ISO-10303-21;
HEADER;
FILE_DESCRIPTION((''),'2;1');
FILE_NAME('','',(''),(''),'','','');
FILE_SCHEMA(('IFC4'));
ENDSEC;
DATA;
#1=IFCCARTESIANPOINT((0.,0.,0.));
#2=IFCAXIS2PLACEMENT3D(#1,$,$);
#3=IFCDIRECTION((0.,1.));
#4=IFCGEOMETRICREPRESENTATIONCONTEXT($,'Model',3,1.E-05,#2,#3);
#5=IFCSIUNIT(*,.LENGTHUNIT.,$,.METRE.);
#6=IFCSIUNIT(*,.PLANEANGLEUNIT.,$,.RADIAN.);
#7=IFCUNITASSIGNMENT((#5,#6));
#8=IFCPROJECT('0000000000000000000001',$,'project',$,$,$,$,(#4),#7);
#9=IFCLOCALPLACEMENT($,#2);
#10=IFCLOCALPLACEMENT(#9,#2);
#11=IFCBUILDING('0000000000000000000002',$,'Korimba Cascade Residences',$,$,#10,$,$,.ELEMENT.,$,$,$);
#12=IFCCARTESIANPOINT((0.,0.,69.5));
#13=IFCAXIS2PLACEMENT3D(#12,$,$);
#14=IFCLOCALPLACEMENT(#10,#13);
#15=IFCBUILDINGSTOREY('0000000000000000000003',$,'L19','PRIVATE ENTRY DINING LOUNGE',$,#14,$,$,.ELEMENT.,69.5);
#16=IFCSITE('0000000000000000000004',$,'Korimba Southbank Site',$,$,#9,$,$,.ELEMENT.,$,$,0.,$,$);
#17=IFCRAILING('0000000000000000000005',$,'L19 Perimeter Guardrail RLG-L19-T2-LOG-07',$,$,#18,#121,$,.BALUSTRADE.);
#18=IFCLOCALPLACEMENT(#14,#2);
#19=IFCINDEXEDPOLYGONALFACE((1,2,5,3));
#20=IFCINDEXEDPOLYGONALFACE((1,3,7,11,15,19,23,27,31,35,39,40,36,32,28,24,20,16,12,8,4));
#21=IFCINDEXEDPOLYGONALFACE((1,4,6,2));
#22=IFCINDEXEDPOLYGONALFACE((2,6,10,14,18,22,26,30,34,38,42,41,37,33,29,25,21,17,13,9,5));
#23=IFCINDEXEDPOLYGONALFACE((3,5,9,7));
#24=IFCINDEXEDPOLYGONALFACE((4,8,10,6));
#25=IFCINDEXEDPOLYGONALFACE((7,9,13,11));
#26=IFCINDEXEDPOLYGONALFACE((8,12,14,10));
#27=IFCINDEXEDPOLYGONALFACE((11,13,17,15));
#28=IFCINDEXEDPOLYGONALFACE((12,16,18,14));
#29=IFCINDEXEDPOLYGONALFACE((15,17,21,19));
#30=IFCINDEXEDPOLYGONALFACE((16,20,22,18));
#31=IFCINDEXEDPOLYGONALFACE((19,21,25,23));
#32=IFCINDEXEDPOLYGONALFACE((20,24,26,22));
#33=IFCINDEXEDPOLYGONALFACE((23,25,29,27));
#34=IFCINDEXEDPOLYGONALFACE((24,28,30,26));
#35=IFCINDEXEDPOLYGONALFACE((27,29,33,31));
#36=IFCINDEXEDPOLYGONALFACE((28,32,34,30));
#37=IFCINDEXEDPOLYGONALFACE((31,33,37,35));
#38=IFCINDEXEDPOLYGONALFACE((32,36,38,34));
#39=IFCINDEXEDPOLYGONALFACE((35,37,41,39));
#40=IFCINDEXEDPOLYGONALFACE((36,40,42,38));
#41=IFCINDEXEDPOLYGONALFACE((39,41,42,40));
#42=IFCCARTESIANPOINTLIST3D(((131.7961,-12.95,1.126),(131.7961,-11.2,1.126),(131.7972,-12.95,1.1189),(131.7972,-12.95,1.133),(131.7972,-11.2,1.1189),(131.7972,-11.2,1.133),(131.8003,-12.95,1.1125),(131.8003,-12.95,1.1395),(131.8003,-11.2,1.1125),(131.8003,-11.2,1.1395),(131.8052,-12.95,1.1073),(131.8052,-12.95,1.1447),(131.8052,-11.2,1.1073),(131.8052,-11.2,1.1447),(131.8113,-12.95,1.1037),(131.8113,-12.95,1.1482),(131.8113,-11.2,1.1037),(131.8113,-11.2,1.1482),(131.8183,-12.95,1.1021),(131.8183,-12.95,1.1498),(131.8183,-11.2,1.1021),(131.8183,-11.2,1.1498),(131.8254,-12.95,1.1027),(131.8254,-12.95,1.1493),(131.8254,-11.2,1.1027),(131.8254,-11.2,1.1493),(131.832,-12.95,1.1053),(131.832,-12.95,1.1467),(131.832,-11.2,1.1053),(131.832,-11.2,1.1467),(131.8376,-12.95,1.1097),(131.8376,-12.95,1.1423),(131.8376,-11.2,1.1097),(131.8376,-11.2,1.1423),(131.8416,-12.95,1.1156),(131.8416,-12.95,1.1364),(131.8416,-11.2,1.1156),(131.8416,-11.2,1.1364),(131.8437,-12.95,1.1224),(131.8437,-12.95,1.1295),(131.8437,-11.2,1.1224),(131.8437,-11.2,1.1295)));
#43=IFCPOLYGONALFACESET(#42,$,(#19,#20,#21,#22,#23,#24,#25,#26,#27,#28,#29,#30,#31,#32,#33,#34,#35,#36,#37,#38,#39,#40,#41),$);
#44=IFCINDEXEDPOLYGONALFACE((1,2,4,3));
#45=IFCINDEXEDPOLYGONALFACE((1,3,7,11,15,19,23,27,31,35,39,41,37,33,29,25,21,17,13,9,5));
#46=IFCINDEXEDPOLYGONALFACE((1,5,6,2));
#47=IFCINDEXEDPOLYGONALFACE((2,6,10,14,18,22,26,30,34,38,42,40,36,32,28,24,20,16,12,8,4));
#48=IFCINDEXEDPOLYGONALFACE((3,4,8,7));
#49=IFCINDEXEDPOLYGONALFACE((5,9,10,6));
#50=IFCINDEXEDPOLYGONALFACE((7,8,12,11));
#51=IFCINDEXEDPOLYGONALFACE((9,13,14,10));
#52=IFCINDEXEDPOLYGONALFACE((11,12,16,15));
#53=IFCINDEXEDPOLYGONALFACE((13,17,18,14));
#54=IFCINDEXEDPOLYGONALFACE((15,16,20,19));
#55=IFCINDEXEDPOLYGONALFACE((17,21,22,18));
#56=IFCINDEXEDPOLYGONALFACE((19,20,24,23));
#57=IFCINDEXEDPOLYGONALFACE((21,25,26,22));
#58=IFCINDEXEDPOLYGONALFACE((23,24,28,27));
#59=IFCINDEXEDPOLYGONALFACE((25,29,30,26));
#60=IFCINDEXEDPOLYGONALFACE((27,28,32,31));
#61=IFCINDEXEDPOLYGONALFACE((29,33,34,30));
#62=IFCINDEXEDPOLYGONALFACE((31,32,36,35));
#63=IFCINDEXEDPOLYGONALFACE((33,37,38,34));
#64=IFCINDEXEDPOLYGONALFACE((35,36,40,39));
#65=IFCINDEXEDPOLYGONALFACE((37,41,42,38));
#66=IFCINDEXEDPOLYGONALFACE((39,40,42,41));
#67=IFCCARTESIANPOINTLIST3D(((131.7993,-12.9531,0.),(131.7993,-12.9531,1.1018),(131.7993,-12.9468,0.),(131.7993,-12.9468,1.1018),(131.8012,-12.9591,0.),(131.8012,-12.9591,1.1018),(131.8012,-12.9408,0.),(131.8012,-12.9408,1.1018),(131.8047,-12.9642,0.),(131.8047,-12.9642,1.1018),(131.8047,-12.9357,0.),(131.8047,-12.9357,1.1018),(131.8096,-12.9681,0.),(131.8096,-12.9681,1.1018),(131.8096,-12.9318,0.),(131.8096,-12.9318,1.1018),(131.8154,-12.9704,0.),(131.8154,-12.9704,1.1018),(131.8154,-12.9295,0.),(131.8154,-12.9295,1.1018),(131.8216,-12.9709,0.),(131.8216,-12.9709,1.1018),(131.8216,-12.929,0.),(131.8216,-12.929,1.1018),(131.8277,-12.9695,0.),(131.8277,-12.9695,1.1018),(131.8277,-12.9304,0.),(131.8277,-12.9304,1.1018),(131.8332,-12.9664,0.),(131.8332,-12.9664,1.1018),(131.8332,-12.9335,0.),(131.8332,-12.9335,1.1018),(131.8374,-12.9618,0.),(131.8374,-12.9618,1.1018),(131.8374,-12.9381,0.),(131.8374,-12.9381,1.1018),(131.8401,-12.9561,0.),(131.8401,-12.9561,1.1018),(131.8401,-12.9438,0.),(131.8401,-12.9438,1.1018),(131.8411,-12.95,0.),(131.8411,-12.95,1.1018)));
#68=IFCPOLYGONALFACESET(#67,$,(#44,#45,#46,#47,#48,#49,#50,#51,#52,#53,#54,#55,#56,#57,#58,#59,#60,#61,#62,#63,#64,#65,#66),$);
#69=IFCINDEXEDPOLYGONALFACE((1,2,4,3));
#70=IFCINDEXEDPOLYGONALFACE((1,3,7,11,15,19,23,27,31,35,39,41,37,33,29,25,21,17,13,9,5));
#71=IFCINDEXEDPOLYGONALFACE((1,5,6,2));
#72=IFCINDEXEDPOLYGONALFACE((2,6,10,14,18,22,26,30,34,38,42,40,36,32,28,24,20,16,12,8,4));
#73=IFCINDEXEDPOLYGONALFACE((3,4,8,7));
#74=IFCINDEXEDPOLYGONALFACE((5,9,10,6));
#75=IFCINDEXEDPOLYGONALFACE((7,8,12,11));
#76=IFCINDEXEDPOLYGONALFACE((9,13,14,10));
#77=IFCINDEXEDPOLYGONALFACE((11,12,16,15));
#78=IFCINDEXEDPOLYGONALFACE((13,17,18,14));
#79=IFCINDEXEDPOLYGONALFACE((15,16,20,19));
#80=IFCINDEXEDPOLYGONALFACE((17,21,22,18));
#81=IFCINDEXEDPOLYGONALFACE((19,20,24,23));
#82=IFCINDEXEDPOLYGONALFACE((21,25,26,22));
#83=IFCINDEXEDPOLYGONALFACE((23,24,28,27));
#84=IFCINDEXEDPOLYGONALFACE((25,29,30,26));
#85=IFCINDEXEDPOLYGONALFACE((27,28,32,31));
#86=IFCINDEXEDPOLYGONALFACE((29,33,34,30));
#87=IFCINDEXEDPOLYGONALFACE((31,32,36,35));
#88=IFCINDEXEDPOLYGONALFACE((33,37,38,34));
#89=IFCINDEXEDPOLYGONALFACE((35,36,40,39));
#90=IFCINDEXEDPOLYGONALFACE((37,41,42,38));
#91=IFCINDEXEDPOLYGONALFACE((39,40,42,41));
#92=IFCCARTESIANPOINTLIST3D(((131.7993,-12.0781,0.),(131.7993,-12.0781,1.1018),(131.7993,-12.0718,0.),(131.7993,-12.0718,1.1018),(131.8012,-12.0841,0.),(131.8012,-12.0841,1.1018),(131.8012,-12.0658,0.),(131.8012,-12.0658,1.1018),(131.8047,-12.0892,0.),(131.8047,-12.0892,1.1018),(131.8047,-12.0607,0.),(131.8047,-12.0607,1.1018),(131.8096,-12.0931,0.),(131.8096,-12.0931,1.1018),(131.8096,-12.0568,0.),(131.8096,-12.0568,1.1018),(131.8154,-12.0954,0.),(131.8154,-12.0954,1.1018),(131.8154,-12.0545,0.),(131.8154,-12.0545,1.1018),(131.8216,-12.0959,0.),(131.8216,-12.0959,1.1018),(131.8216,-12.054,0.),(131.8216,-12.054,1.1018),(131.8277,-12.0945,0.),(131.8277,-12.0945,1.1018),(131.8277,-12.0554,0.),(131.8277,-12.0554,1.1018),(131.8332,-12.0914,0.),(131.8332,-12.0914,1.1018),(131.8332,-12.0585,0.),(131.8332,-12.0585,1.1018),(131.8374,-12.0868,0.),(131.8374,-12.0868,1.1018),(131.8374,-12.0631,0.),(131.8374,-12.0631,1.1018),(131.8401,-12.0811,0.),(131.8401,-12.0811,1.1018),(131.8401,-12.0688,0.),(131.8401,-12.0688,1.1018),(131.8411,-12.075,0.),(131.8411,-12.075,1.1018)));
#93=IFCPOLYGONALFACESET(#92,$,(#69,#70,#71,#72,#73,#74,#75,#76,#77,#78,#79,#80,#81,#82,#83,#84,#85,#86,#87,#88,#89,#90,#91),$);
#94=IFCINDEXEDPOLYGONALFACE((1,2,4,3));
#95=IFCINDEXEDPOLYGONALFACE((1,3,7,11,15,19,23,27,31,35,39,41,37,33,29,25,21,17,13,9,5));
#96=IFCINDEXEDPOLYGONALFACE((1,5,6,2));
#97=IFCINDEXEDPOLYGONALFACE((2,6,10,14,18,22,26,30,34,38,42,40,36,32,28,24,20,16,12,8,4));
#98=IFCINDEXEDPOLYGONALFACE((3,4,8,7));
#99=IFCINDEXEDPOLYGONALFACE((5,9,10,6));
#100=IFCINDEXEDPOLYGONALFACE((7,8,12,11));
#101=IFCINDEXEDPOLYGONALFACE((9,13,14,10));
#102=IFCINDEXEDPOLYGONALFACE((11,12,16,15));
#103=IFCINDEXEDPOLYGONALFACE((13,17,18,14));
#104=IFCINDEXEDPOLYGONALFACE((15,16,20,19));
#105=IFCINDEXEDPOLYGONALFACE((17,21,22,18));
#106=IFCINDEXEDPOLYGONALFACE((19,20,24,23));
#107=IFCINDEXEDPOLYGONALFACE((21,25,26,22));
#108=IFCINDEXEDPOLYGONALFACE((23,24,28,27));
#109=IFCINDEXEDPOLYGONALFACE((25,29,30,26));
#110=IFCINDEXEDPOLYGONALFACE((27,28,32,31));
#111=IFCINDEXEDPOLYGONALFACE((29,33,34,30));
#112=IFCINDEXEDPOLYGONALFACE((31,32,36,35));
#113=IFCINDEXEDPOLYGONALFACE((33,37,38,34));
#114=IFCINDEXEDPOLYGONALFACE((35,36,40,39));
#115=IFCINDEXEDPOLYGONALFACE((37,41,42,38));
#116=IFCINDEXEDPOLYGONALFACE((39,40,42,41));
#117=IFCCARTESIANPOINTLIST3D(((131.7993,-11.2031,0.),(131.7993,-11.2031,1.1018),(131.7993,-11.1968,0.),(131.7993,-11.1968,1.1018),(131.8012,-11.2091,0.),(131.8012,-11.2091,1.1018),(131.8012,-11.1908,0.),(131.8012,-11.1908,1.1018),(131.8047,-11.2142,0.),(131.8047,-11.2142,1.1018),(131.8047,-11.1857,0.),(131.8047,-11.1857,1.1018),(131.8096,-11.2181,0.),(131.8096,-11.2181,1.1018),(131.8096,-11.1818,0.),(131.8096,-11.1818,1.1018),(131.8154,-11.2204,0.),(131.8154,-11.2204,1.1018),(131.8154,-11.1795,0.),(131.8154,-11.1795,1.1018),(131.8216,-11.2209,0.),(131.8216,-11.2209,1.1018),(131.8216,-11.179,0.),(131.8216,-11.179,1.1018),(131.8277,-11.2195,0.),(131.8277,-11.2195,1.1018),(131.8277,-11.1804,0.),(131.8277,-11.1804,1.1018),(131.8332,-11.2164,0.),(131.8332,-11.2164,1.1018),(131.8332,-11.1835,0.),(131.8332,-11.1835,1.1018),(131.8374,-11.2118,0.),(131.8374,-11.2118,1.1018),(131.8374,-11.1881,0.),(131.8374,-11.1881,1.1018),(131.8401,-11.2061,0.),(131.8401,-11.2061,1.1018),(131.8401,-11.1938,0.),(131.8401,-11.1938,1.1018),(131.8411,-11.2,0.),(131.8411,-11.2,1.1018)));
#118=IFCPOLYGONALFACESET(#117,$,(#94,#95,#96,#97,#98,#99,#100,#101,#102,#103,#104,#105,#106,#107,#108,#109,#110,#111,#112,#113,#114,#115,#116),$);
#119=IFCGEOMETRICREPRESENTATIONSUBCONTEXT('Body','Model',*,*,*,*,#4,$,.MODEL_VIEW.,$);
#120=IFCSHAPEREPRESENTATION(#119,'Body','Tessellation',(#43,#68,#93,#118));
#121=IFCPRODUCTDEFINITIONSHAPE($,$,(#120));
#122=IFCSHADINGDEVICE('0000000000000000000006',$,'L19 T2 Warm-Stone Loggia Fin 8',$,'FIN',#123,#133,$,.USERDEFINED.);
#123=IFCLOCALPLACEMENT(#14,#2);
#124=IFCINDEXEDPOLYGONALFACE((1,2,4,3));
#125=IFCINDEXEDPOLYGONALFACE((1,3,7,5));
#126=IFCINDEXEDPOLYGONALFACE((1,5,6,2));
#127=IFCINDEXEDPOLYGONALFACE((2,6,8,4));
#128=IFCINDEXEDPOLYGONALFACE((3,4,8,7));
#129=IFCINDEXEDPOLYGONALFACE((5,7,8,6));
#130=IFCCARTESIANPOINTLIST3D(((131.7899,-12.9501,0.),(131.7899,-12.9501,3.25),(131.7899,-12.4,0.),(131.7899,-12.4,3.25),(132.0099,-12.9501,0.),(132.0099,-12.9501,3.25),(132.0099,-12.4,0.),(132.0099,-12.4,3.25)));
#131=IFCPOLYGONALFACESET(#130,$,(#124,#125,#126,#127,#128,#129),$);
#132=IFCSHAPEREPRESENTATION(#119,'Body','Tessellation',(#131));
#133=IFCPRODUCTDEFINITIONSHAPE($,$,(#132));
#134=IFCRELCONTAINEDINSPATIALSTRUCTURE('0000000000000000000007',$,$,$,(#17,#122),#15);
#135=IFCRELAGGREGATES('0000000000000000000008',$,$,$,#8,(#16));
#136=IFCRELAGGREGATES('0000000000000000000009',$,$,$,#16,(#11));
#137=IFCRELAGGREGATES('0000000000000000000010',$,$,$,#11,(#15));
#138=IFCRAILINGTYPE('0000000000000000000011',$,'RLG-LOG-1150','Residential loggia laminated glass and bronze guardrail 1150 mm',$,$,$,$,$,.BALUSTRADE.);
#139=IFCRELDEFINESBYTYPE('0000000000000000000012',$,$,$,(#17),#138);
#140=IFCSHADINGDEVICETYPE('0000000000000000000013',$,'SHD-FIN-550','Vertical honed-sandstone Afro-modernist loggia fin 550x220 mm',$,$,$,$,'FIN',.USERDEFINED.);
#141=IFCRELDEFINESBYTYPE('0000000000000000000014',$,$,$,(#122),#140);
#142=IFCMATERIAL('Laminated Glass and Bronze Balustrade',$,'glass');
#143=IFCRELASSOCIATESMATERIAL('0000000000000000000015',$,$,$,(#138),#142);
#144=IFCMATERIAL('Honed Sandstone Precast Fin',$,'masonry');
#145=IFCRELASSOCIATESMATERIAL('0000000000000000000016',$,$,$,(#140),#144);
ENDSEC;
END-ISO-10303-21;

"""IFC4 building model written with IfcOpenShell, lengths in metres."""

from ifc_helpers import new_model, si_unit, direction, frame, origin, origin_2d, place, context, subcontext, project, spatial, rectangle, circle, extrude, material, type_object, element, save


model = new_model("IFC4")

# Units and contexts
model_context = context("Model", 3, precision=1e-05, world=origin(), true_north=direction((0.0, 1.0)))
body_context = subcontext(model_context, "Body", "Model", "MODEL_VIEW")
ifc_project = project(units=[si_unit("LENGTHUNIT", "METRE"), si_unit("PLANEANGLEUNIT", "RADIAN")], contexts=[model_context])

# Site, building, storey
site_placement = place(None, origin())
site = spatial("IfcSite", under=ifc_project, at=site_placement, Name="Korimba Southbank Site", CompositionType="ELEMENT", RefElevation=0.0)
building_placement = place(site_placement, origin())
building = spatial("IfcBuilding", under=site, at=building_placement, Name="Korimba Cascade Residences", CompositionType="ELEMENT")
storey_placement = place(building_placement, frame((0.0, 0.0, 69.5)))
storey = spatial("IfcBuildingStorey", under=building, at=storey_placement, Name="L19", Description="PRIVATE ENTRY DINING LOUNGE", CompositionType="ELEMENT", Elevation=69.5)

# Railing
ifc_material_1 = material(Name="Laminated Glass and Bronze Balustrade", Category="glass")
railing_type = type_object("IfcRailingType", Name="RLG-LOG-1150", Description="Residential loggia laminated glass and bronze guardrail 1150 mm", PredefinedType="BALUSTRADE", material=ifc_material_1)
railing_placement = place(storey_placement, frame((131.8201, -12.95, 0.0)))
element("IfcRailing", 1, at=railing_placement, inside=storey, type_object=railing_type, Name="L19 Perimeter Guardrail RLG-L19-T2-LOG-07", PredefinedType="BALUSTRADE", context=body_context, shape_type="SweptSolid", body=[
    extrude(circle(Radius=0.0239, at=origin_2d()), frame((0.0, 0.0, 1.126), z_axis=(0.0, 1.0, 0.0), x_axis=(-1.0, 0.0, 0.0)), (0.0, 0.0, 1.0), 1.75),
    extrude(circle(Radius=0.021, at=origin_2d()), origin(), (0.0, 0.0, 1.0), 1.1018),
    extrude(circle(Radius=0.021, at=origin_2d()), frame((0.0, 0.875, 0.0)), (0.0, 0.0, 1.0), 1.1018),
    extrude(circle(Radius=0.021, at=origin_2d()), frame((0.0, 1.75, 0.0)), (0.0, 0.0, 1.0), 1.1018),
])

# Shading device
ifc_material_2 = material(Name="Honed Sandstone Precast Fin", Category="masonry")
shading_device_type = type_object("IfcShadingDeviceType", Name="SHD-FIN-550", Description="Vertical honed-sandstone Afro-modernist loggia fin 550x220 mm", ElementType="FIN", PredefinedType="USERDEFINED", material=ifc_material_2)
shading_device_placement = place(storey_placement, frame((131.8999, -12.675, 0.0), z_axis=(0.0, 0.0, 1.0), x_axis=(1.0, 0.0, 0.0)))
element("IfcShadingDevice", 2, at=shading_device_placement, inside=storey, type_object=shading_device_type, Name="L19 T2 Warm-Stone Loggia Fin 8", ObjectType="FIN", PredefinedType="USERDEFINED", context=body_context, shape_type="SweptSolid", body=[
    extrude(rectangle(XDim=0.22, YDim=0.55, at=origin_2d()), origin(), (0.0, 0.0, 1.0), 3.25),
])

save(model, "model.ifc")
